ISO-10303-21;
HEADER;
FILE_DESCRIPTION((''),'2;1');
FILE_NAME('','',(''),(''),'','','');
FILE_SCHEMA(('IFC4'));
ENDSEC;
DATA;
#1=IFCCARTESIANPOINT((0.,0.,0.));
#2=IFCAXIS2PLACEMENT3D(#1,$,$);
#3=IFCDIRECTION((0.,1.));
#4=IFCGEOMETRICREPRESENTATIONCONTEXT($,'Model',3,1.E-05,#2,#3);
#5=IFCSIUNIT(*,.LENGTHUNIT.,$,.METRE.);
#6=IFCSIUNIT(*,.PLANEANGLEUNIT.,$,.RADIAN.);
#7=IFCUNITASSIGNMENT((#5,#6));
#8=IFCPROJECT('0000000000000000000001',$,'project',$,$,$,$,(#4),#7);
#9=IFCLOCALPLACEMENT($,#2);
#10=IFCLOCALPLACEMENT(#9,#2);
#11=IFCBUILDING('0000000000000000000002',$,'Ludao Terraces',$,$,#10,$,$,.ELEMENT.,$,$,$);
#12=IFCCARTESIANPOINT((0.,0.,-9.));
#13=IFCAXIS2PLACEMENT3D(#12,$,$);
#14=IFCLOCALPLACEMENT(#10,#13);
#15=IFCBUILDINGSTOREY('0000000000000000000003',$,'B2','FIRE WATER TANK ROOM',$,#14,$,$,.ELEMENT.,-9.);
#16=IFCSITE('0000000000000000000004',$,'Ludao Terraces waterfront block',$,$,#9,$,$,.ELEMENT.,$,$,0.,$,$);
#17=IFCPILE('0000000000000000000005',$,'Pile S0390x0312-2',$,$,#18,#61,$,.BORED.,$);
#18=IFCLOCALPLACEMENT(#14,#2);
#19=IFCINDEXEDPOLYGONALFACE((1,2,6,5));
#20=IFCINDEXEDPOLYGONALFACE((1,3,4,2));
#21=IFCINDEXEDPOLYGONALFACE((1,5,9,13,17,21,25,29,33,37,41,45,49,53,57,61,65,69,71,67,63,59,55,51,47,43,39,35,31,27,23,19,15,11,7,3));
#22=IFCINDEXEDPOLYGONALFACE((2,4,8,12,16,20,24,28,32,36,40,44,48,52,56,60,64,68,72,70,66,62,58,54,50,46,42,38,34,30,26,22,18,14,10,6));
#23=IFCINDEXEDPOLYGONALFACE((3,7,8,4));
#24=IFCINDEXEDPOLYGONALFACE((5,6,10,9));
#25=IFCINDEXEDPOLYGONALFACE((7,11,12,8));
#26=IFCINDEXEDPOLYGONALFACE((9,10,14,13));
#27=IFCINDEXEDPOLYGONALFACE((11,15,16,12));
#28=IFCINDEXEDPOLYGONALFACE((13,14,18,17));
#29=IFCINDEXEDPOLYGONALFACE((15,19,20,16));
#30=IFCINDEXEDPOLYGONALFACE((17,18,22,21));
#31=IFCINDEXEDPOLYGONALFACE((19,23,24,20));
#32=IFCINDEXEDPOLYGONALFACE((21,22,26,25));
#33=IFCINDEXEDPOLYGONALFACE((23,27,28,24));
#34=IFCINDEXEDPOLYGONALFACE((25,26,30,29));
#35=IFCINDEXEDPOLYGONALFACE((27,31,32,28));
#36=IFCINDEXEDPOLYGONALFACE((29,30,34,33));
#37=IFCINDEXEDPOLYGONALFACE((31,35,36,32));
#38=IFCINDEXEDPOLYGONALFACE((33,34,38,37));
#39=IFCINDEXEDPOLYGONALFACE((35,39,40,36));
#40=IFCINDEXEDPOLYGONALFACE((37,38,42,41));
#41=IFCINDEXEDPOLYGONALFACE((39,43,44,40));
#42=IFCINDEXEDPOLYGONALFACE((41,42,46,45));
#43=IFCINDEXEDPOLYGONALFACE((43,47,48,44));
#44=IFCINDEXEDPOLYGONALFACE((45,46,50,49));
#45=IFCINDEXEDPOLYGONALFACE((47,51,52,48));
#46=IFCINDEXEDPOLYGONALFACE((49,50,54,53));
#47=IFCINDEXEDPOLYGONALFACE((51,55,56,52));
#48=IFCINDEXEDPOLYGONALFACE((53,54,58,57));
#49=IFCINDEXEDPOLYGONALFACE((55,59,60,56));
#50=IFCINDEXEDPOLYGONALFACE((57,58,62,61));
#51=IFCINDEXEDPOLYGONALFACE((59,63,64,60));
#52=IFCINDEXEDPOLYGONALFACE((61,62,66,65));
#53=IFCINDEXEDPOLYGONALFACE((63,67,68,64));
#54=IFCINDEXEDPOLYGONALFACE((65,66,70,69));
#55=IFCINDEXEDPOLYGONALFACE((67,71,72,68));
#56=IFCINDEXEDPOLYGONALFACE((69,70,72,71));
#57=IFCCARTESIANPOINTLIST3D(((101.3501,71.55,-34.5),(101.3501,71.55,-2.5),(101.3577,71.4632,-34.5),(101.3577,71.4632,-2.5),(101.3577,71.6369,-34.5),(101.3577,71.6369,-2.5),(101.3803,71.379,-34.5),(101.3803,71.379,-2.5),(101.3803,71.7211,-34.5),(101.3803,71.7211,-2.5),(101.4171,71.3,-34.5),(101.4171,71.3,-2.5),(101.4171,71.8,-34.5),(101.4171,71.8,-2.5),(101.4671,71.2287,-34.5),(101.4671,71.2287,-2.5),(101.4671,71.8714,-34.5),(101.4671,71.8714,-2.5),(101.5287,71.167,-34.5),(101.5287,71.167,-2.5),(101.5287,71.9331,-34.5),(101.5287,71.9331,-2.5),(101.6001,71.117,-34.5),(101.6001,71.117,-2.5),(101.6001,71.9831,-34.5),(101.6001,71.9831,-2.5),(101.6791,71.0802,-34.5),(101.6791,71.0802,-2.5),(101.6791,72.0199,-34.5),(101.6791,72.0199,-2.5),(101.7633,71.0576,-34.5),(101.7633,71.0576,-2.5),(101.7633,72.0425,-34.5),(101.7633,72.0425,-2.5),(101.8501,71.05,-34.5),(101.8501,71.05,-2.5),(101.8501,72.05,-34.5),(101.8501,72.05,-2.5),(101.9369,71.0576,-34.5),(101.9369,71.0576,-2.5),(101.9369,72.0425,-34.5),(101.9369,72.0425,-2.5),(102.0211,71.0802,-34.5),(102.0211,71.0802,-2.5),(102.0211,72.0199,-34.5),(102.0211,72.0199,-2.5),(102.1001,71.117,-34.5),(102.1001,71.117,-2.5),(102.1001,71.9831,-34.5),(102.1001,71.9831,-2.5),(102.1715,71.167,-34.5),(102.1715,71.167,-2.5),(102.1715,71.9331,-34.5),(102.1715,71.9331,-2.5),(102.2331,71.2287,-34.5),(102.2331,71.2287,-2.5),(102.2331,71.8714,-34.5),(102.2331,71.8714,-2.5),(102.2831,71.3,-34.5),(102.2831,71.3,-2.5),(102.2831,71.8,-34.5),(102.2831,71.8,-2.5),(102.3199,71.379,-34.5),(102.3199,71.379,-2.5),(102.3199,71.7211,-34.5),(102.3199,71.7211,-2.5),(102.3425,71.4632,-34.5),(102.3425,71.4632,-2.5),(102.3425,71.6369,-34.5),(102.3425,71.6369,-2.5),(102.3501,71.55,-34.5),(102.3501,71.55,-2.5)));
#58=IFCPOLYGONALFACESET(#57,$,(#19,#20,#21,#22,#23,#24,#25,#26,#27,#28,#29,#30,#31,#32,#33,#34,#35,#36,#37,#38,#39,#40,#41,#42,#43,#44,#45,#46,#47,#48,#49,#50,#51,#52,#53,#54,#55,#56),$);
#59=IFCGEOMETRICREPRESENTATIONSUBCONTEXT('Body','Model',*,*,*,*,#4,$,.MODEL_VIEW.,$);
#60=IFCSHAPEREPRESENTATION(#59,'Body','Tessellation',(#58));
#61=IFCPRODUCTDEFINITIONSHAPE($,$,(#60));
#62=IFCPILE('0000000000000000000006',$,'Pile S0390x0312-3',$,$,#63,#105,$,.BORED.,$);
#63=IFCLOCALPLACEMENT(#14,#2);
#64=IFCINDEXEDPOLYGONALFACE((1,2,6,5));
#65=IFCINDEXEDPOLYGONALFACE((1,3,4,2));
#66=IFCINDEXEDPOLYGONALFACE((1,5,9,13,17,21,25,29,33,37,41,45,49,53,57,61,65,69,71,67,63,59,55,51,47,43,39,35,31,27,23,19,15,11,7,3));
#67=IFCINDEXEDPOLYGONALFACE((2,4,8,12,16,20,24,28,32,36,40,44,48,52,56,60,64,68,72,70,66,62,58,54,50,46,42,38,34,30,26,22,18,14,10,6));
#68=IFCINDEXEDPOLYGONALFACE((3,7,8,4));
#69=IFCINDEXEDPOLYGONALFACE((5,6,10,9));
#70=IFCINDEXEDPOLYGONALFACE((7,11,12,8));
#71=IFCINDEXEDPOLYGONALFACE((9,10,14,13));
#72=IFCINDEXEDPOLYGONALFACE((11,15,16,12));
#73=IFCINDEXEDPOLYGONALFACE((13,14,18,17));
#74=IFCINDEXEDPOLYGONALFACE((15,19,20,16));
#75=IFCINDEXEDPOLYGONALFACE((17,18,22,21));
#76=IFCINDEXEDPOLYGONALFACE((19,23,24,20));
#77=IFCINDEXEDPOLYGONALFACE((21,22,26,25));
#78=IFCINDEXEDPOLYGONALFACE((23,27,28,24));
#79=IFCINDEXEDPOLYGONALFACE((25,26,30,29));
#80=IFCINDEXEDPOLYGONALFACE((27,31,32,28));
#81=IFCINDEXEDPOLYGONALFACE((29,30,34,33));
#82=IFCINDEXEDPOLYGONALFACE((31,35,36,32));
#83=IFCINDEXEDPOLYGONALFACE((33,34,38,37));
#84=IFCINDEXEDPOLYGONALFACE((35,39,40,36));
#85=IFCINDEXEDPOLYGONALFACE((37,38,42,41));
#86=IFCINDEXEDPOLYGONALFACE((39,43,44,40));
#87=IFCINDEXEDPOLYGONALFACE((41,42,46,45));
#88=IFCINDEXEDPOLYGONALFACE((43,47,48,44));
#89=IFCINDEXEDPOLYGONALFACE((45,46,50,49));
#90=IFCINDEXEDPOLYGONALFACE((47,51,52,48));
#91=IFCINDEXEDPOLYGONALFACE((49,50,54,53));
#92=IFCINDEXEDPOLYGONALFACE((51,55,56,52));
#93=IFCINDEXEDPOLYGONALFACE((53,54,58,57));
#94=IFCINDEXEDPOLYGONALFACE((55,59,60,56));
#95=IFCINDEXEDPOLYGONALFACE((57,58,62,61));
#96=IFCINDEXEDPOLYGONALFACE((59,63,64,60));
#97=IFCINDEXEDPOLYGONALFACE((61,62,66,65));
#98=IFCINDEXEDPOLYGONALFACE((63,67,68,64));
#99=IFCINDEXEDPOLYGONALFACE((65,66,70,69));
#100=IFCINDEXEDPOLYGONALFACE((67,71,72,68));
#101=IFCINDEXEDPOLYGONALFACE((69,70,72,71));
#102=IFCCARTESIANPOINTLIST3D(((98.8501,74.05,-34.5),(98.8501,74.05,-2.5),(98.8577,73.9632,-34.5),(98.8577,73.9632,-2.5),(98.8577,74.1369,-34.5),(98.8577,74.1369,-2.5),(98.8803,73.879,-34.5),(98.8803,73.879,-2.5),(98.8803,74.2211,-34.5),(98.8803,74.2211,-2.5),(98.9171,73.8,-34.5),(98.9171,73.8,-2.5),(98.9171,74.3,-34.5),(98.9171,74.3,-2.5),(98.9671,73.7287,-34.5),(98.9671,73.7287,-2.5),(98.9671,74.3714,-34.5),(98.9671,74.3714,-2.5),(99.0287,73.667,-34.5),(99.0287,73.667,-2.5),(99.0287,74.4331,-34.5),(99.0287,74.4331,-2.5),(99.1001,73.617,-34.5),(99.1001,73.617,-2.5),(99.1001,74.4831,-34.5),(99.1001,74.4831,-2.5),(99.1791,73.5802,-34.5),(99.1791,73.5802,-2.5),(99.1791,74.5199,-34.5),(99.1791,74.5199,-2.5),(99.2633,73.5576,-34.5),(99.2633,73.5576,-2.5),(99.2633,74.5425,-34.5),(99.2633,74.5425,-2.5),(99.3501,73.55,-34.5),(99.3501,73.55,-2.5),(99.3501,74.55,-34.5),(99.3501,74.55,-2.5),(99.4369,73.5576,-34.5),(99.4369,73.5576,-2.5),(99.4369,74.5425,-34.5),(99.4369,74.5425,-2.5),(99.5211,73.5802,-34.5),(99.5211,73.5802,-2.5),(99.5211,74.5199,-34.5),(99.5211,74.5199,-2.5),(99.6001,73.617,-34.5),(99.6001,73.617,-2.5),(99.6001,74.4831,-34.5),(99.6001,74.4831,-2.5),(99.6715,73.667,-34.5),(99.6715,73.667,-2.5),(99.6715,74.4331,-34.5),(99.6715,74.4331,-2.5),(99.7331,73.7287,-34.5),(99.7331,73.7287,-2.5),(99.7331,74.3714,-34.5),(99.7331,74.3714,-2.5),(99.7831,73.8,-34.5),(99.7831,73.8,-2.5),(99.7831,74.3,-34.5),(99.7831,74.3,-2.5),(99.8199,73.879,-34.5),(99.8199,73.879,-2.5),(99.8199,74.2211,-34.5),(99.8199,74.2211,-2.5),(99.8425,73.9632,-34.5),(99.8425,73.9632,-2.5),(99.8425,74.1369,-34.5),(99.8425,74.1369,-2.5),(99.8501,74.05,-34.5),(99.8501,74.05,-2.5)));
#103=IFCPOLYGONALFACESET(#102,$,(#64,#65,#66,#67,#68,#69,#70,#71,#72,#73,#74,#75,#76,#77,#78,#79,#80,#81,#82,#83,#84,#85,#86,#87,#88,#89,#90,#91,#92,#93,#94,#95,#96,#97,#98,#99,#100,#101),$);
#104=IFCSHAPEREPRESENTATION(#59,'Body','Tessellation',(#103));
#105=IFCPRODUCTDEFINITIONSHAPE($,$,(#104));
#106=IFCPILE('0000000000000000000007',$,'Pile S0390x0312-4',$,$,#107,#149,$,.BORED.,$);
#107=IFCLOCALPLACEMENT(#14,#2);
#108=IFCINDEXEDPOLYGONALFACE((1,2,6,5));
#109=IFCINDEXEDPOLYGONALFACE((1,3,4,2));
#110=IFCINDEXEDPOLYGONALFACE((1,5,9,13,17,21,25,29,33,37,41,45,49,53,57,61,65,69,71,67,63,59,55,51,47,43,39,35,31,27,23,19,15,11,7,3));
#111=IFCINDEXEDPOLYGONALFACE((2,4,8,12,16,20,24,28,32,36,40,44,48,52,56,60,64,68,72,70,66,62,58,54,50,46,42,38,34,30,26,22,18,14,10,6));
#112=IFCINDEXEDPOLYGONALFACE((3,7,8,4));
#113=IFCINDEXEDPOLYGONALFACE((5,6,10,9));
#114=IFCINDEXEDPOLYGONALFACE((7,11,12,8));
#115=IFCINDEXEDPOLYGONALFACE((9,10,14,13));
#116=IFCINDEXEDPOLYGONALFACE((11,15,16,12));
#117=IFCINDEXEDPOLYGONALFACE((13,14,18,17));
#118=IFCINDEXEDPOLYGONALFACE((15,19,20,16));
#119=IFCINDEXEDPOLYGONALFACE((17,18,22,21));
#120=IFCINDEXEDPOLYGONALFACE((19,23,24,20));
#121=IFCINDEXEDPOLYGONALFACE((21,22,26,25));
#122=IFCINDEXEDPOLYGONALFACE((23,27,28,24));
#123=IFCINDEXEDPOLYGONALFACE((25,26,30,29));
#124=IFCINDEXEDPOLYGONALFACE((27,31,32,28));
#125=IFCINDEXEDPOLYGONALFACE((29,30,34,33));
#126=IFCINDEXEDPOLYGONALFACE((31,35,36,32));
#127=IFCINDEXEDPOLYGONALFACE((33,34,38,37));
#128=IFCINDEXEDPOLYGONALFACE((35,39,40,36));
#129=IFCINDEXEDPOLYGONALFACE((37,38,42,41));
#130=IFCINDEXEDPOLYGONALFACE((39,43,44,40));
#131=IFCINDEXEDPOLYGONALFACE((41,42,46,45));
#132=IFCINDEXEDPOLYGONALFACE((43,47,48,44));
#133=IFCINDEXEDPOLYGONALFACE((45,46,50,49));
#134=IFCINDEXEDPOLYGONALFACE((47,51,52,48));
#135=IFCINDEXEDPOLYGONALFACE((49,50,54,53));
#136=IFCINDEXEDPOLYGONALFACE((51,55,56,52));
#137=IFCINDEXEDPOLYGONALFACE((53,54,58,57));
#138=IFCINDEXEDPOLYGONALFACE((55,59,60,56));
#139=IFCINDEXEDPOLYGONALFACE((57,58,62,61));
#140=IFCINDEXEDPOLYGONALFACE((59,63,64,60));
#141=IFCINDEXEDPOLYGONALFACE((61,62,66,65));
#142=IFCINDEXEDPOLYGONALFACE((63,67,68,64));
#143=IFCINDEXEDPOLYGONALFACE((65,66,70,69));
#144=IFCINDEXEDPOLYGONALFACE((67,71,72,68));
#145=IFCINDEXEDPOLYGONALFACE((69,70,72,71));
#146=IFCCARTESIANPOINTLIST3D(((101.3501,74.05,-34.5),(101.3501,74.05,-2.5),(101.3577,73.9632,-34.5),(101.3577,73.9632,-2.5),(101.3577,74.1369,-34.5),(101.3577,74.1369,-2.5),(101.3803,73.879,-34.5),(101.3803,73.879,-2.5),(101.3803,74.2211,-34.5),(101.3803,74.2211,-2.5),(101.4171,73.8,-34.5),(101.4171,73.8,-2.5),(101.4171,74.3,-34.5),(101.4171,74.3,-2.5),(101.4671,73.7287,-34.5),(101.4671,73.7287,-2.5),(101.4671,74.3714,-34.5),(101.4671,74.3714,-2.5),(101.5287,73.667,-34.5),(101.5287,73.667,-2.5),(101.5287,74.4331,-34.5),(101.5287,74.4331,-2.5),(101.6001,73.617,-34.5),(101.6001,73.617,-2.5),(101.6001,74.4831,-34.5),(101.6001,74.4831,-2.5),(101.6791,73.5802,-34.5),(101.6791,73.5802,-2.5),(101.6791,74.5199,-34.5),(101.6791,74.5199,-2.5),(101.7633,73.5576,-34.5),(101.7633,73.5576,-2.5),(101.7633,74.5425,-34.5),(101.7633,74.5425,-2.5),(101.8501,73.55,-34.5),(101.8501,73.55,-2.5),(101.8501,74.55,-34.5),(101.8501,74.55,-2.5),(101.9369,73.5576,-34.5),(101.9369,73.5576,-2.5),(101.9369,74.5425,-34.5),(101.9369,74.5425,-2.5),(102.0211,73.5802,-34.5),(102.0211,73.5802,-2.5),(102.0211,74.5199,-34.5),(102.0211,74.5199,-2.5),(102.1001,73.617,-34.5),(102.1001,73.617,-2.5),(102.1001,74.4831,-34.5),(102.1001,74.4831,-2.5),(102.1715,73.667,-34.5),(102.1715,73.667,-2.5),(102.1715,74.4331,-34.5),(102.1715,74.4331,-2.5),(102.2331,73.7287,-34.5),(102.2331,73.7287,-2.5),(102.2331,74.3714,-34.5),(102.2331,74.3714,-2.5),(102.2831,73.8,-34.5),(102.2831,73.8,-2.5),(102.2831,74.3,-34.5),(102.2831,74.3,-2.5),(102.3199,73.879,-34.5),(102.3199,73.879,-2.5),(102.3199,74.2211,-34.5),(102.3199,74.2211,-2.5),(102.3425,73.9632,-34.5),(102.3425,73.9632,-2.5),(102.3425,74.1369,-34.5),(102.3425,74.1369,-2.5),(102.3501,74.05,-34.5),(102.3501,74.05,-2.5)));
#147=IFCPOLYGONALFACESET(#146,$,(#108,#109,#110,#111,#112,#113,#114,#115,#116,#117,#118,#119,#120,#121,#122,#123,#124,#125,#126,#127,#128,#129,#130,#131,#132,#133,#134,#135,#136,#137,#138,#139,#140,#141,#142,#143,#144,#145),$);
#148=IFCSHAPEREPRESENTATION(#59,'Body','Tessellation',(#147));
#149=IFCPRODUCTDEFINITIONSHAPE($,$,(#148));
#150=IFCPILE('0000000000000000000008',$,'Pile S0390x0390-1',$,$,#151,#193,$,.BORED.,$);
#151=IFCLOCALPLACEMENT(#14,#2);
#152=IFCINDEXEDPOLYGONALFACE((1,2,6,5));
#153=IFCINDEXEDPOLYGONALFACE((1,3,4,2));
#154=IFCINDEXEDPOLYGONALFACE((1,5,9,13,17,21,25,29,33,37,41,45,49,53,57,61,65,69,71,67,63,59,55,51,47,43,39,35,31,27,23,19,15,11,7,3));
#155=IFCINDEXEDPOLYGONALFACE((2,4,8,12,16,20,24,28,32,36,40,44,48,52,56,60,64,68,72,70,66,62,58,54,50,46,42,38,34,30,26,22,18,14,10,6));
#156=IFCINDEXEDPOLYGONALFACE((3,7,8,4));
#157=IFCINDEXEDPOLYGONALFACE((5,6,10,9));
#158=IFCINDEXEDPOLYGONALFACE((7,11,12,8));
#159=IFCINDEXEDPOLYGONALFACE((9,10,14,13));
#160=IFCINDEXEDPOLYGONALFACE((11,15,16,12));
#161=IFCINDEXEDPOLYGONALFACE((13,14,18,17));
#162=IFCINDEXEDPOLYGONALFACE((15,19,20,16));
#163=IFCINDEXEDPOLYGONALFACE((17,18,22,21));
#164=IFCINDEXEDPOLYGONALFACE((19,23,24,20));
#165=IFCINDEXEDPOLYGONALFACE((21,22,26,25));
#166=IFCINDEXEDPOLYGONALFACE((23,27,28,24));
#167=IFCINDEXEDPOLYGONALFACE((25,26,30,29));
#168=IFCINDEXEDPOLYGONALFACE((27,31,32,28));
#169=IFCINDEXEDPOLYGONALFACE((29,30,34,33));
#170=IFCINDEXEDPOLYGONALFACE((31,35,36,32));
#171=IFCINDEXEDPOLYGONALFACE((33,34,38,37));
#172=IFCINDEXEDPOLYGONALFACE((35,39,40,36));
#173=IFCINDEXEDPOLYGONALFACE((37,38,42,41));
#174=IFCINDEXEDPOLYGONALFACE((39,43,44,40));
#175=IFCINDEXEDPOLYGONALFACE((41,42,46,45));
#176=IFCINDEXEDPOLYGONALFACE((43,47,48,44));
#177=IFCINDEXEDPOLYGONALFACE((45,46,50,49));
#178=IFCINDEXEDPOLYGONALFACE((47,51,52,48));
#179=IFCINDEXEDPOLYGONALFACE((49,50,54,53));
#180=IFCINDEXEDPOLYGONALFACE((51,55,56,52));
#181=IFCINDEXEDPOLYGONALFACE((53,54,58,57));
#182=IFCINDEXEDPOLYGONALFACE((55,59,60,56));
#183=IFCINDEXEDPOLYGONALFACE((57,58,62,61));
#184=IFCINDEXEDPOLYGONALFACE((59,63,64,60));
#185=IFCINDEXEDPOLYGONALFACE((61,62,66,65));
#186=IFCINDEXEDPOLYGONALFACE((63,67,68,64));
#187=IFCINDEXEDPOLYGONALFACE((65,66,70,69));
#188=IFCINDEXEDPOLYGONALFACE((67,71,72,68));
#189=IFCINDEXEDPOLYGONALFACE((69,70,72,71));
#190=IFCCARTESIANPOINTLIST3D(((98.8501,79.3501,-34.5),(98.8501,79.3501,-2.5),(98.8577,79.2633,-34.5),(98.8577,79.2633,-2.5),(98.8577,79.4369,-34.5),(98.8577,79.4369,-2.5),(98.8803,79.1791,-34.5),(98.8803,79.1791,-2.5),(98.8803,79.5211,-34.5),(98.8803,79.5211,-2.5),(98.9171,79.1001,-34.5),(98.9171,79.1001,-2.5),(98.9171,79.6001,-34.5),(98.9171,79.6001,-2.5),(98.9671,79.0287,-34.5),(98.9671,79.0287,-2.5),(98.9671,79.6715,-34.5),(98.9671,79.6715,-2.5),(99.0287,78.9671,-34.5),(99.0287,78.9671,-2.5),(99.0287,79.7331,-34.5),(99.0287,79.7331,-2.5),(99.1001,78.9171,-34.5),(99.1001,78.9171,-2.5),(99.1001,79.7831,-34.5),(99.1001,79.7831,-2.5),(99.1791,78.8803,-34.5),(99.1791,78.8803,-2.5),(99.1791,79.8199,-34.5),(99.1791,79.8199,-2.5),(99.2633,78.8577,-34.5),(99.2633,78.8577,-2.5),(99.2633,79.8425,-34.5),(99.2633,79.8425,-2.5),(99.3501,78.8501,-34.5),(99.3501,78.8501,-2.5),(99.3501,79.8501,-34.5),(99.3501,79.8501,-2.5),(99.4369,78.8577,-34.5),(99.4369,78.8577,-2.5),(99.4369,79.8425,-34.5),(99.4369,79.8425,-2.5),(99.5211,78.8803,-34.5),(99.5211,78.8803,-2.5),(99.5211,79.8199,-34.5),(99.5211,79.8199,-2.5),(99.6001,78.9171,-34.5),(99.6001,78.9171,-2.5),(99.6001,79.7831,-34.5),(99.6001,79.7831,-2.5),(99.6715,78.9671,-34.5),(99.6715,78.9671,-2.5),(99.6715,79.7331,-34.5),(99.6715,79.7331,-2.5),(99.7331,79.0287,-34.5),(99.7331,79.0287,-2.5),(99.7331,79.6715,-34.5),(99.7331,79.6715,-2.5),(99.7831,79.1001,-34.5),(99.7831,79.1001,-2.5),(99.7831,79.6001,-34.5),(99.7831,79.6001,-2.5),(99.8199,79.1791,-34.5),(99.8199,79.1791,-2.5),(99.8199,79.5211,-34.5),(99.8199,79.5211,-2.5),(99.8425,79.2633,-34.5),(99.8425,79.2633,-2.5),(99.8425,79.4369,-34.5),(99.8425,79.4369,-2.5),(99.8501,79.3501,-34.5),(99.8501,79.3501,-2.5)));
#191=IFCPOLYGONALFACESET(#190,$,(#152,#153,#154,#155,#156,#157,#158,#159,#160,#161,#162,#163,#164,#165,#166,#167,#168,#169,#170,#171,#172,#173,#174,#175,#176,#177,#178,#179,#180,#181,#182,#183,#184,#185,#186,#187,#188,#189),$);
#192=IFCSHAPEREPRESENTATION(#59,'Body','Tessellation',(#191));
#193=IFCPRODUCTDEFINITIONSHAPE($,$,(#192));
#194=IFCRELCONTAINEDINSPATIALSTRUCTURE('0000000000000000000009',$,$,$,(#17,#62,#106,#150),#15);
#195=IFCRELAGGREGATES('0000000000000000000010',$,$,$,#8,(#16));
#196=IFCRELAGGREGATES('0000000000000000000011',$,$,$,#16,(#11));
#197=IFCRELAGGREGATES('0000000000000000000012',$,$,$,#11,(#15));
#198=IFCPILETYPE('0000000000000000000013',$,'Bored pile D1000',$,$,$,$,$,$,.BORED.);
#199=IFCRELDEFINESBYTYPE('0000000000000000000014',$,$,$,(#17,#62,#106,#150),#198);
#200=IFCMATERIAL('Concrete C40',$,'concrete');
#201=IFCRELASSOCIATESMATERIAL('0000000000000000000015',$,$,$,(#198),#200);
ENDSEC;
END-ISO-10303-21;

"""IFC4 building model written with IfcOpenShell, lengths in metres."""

from ifc_helpers import new_model, si_unit, direction, frame, origin, origin_2d, place, context, subcontext, project, spatial, circle, extrude, material, material_profile, profile_set, type_object, element, save


model = new_model("IFC4")

# Units and contexts
model_context = context("Model", 3, precision=1e-05, world=origin(), true_north=direction((0.0, 1.0)))
body_context = subcontext(model_context, "Body", "Model", "MODEL_VIEW")
ifc_project = project(units=[si_unit("LENGTHUNIT", "METRE"), si_unit("PLANEANGLEUNIT", "RADIAN")], contexts=[model_context])

# Site, building, storey
site_placement = place(None, origin())
site = spatial("IfcSite", under=ifc_project, at=site_placement, Name="Ludao Terraces waterfront block", CompositionType="ELEMENT", RefElevation=0.0)
building_placement = place(site_placement, origin())
building = spatial("IfcBuilding", under=site, at=building_placement, Name="Ludao Terraces", CompositionType="ELEMENT")
storey_placement = place(building_placement, frame((0.0, 0.0, -9.0)))
storey = spatial("IfcBuildingStorey", under=building, at=storey_placement, Name="B2", Description="FIRE WATER TANK ROOM", CompositionType="ELEMENT", Elevation=-9.0)

# Piles
ifc_material_1 = material(Name="Concrete C40", Category="concrete")
ifc_material_profile_1 = material_profile(ifc_material_1, circle(Radius=0.5, at=origin_2d()), Name="D1000 BORED PILE")
ifc_profile_set_1 = profile_set([ifc_material_profile_1], Name="Concrete C40")
pile_type = type_object("IfcPileType", Name="Bored pile D1000", PredefinedType="BORED", material=ifc_profile_set_1)
for number, where, z_axis, x_axis, name in (
    (1, (101.8501, 71.55, -2.5), (0.0, 0.0, -1.0), (1.0, 0.0, 0.0), "Pile S0390x0312-2"),
    (2, (99.3501, 74.05, -2.5), (0.0, 0.0, -1.0), (1.0, 0.0, 0.0), "Pile S0390x0312-3"),
    (3, (101.8501, 74.05, -2.5), (0.0, 0.0, -1.0), (1.0, 0.0, 0.0), "Pile S0390x0312-4"),
    (4, (99.3501, 79.3501, -2.5), (0.0, 0.0, -1.0), (1.0, 0.0, 0.0), "Pile S0390x0390-1"),
):
    element("IfcPile", number, at=place(storey_placement, frame(where, z_axis=z_axis, x_axis=x_axis)), inside=storey, type_object=pile_type, Name=name, PredefinedType="BORED", context=body_context, shape_type="SweptSolid", body=[
        extrude(circle(Radius=0.5, at=origin_2d()), origin(), (0.0, 0.0, 1.0), 32.0),
    ])

save(model, "model.ifc")
